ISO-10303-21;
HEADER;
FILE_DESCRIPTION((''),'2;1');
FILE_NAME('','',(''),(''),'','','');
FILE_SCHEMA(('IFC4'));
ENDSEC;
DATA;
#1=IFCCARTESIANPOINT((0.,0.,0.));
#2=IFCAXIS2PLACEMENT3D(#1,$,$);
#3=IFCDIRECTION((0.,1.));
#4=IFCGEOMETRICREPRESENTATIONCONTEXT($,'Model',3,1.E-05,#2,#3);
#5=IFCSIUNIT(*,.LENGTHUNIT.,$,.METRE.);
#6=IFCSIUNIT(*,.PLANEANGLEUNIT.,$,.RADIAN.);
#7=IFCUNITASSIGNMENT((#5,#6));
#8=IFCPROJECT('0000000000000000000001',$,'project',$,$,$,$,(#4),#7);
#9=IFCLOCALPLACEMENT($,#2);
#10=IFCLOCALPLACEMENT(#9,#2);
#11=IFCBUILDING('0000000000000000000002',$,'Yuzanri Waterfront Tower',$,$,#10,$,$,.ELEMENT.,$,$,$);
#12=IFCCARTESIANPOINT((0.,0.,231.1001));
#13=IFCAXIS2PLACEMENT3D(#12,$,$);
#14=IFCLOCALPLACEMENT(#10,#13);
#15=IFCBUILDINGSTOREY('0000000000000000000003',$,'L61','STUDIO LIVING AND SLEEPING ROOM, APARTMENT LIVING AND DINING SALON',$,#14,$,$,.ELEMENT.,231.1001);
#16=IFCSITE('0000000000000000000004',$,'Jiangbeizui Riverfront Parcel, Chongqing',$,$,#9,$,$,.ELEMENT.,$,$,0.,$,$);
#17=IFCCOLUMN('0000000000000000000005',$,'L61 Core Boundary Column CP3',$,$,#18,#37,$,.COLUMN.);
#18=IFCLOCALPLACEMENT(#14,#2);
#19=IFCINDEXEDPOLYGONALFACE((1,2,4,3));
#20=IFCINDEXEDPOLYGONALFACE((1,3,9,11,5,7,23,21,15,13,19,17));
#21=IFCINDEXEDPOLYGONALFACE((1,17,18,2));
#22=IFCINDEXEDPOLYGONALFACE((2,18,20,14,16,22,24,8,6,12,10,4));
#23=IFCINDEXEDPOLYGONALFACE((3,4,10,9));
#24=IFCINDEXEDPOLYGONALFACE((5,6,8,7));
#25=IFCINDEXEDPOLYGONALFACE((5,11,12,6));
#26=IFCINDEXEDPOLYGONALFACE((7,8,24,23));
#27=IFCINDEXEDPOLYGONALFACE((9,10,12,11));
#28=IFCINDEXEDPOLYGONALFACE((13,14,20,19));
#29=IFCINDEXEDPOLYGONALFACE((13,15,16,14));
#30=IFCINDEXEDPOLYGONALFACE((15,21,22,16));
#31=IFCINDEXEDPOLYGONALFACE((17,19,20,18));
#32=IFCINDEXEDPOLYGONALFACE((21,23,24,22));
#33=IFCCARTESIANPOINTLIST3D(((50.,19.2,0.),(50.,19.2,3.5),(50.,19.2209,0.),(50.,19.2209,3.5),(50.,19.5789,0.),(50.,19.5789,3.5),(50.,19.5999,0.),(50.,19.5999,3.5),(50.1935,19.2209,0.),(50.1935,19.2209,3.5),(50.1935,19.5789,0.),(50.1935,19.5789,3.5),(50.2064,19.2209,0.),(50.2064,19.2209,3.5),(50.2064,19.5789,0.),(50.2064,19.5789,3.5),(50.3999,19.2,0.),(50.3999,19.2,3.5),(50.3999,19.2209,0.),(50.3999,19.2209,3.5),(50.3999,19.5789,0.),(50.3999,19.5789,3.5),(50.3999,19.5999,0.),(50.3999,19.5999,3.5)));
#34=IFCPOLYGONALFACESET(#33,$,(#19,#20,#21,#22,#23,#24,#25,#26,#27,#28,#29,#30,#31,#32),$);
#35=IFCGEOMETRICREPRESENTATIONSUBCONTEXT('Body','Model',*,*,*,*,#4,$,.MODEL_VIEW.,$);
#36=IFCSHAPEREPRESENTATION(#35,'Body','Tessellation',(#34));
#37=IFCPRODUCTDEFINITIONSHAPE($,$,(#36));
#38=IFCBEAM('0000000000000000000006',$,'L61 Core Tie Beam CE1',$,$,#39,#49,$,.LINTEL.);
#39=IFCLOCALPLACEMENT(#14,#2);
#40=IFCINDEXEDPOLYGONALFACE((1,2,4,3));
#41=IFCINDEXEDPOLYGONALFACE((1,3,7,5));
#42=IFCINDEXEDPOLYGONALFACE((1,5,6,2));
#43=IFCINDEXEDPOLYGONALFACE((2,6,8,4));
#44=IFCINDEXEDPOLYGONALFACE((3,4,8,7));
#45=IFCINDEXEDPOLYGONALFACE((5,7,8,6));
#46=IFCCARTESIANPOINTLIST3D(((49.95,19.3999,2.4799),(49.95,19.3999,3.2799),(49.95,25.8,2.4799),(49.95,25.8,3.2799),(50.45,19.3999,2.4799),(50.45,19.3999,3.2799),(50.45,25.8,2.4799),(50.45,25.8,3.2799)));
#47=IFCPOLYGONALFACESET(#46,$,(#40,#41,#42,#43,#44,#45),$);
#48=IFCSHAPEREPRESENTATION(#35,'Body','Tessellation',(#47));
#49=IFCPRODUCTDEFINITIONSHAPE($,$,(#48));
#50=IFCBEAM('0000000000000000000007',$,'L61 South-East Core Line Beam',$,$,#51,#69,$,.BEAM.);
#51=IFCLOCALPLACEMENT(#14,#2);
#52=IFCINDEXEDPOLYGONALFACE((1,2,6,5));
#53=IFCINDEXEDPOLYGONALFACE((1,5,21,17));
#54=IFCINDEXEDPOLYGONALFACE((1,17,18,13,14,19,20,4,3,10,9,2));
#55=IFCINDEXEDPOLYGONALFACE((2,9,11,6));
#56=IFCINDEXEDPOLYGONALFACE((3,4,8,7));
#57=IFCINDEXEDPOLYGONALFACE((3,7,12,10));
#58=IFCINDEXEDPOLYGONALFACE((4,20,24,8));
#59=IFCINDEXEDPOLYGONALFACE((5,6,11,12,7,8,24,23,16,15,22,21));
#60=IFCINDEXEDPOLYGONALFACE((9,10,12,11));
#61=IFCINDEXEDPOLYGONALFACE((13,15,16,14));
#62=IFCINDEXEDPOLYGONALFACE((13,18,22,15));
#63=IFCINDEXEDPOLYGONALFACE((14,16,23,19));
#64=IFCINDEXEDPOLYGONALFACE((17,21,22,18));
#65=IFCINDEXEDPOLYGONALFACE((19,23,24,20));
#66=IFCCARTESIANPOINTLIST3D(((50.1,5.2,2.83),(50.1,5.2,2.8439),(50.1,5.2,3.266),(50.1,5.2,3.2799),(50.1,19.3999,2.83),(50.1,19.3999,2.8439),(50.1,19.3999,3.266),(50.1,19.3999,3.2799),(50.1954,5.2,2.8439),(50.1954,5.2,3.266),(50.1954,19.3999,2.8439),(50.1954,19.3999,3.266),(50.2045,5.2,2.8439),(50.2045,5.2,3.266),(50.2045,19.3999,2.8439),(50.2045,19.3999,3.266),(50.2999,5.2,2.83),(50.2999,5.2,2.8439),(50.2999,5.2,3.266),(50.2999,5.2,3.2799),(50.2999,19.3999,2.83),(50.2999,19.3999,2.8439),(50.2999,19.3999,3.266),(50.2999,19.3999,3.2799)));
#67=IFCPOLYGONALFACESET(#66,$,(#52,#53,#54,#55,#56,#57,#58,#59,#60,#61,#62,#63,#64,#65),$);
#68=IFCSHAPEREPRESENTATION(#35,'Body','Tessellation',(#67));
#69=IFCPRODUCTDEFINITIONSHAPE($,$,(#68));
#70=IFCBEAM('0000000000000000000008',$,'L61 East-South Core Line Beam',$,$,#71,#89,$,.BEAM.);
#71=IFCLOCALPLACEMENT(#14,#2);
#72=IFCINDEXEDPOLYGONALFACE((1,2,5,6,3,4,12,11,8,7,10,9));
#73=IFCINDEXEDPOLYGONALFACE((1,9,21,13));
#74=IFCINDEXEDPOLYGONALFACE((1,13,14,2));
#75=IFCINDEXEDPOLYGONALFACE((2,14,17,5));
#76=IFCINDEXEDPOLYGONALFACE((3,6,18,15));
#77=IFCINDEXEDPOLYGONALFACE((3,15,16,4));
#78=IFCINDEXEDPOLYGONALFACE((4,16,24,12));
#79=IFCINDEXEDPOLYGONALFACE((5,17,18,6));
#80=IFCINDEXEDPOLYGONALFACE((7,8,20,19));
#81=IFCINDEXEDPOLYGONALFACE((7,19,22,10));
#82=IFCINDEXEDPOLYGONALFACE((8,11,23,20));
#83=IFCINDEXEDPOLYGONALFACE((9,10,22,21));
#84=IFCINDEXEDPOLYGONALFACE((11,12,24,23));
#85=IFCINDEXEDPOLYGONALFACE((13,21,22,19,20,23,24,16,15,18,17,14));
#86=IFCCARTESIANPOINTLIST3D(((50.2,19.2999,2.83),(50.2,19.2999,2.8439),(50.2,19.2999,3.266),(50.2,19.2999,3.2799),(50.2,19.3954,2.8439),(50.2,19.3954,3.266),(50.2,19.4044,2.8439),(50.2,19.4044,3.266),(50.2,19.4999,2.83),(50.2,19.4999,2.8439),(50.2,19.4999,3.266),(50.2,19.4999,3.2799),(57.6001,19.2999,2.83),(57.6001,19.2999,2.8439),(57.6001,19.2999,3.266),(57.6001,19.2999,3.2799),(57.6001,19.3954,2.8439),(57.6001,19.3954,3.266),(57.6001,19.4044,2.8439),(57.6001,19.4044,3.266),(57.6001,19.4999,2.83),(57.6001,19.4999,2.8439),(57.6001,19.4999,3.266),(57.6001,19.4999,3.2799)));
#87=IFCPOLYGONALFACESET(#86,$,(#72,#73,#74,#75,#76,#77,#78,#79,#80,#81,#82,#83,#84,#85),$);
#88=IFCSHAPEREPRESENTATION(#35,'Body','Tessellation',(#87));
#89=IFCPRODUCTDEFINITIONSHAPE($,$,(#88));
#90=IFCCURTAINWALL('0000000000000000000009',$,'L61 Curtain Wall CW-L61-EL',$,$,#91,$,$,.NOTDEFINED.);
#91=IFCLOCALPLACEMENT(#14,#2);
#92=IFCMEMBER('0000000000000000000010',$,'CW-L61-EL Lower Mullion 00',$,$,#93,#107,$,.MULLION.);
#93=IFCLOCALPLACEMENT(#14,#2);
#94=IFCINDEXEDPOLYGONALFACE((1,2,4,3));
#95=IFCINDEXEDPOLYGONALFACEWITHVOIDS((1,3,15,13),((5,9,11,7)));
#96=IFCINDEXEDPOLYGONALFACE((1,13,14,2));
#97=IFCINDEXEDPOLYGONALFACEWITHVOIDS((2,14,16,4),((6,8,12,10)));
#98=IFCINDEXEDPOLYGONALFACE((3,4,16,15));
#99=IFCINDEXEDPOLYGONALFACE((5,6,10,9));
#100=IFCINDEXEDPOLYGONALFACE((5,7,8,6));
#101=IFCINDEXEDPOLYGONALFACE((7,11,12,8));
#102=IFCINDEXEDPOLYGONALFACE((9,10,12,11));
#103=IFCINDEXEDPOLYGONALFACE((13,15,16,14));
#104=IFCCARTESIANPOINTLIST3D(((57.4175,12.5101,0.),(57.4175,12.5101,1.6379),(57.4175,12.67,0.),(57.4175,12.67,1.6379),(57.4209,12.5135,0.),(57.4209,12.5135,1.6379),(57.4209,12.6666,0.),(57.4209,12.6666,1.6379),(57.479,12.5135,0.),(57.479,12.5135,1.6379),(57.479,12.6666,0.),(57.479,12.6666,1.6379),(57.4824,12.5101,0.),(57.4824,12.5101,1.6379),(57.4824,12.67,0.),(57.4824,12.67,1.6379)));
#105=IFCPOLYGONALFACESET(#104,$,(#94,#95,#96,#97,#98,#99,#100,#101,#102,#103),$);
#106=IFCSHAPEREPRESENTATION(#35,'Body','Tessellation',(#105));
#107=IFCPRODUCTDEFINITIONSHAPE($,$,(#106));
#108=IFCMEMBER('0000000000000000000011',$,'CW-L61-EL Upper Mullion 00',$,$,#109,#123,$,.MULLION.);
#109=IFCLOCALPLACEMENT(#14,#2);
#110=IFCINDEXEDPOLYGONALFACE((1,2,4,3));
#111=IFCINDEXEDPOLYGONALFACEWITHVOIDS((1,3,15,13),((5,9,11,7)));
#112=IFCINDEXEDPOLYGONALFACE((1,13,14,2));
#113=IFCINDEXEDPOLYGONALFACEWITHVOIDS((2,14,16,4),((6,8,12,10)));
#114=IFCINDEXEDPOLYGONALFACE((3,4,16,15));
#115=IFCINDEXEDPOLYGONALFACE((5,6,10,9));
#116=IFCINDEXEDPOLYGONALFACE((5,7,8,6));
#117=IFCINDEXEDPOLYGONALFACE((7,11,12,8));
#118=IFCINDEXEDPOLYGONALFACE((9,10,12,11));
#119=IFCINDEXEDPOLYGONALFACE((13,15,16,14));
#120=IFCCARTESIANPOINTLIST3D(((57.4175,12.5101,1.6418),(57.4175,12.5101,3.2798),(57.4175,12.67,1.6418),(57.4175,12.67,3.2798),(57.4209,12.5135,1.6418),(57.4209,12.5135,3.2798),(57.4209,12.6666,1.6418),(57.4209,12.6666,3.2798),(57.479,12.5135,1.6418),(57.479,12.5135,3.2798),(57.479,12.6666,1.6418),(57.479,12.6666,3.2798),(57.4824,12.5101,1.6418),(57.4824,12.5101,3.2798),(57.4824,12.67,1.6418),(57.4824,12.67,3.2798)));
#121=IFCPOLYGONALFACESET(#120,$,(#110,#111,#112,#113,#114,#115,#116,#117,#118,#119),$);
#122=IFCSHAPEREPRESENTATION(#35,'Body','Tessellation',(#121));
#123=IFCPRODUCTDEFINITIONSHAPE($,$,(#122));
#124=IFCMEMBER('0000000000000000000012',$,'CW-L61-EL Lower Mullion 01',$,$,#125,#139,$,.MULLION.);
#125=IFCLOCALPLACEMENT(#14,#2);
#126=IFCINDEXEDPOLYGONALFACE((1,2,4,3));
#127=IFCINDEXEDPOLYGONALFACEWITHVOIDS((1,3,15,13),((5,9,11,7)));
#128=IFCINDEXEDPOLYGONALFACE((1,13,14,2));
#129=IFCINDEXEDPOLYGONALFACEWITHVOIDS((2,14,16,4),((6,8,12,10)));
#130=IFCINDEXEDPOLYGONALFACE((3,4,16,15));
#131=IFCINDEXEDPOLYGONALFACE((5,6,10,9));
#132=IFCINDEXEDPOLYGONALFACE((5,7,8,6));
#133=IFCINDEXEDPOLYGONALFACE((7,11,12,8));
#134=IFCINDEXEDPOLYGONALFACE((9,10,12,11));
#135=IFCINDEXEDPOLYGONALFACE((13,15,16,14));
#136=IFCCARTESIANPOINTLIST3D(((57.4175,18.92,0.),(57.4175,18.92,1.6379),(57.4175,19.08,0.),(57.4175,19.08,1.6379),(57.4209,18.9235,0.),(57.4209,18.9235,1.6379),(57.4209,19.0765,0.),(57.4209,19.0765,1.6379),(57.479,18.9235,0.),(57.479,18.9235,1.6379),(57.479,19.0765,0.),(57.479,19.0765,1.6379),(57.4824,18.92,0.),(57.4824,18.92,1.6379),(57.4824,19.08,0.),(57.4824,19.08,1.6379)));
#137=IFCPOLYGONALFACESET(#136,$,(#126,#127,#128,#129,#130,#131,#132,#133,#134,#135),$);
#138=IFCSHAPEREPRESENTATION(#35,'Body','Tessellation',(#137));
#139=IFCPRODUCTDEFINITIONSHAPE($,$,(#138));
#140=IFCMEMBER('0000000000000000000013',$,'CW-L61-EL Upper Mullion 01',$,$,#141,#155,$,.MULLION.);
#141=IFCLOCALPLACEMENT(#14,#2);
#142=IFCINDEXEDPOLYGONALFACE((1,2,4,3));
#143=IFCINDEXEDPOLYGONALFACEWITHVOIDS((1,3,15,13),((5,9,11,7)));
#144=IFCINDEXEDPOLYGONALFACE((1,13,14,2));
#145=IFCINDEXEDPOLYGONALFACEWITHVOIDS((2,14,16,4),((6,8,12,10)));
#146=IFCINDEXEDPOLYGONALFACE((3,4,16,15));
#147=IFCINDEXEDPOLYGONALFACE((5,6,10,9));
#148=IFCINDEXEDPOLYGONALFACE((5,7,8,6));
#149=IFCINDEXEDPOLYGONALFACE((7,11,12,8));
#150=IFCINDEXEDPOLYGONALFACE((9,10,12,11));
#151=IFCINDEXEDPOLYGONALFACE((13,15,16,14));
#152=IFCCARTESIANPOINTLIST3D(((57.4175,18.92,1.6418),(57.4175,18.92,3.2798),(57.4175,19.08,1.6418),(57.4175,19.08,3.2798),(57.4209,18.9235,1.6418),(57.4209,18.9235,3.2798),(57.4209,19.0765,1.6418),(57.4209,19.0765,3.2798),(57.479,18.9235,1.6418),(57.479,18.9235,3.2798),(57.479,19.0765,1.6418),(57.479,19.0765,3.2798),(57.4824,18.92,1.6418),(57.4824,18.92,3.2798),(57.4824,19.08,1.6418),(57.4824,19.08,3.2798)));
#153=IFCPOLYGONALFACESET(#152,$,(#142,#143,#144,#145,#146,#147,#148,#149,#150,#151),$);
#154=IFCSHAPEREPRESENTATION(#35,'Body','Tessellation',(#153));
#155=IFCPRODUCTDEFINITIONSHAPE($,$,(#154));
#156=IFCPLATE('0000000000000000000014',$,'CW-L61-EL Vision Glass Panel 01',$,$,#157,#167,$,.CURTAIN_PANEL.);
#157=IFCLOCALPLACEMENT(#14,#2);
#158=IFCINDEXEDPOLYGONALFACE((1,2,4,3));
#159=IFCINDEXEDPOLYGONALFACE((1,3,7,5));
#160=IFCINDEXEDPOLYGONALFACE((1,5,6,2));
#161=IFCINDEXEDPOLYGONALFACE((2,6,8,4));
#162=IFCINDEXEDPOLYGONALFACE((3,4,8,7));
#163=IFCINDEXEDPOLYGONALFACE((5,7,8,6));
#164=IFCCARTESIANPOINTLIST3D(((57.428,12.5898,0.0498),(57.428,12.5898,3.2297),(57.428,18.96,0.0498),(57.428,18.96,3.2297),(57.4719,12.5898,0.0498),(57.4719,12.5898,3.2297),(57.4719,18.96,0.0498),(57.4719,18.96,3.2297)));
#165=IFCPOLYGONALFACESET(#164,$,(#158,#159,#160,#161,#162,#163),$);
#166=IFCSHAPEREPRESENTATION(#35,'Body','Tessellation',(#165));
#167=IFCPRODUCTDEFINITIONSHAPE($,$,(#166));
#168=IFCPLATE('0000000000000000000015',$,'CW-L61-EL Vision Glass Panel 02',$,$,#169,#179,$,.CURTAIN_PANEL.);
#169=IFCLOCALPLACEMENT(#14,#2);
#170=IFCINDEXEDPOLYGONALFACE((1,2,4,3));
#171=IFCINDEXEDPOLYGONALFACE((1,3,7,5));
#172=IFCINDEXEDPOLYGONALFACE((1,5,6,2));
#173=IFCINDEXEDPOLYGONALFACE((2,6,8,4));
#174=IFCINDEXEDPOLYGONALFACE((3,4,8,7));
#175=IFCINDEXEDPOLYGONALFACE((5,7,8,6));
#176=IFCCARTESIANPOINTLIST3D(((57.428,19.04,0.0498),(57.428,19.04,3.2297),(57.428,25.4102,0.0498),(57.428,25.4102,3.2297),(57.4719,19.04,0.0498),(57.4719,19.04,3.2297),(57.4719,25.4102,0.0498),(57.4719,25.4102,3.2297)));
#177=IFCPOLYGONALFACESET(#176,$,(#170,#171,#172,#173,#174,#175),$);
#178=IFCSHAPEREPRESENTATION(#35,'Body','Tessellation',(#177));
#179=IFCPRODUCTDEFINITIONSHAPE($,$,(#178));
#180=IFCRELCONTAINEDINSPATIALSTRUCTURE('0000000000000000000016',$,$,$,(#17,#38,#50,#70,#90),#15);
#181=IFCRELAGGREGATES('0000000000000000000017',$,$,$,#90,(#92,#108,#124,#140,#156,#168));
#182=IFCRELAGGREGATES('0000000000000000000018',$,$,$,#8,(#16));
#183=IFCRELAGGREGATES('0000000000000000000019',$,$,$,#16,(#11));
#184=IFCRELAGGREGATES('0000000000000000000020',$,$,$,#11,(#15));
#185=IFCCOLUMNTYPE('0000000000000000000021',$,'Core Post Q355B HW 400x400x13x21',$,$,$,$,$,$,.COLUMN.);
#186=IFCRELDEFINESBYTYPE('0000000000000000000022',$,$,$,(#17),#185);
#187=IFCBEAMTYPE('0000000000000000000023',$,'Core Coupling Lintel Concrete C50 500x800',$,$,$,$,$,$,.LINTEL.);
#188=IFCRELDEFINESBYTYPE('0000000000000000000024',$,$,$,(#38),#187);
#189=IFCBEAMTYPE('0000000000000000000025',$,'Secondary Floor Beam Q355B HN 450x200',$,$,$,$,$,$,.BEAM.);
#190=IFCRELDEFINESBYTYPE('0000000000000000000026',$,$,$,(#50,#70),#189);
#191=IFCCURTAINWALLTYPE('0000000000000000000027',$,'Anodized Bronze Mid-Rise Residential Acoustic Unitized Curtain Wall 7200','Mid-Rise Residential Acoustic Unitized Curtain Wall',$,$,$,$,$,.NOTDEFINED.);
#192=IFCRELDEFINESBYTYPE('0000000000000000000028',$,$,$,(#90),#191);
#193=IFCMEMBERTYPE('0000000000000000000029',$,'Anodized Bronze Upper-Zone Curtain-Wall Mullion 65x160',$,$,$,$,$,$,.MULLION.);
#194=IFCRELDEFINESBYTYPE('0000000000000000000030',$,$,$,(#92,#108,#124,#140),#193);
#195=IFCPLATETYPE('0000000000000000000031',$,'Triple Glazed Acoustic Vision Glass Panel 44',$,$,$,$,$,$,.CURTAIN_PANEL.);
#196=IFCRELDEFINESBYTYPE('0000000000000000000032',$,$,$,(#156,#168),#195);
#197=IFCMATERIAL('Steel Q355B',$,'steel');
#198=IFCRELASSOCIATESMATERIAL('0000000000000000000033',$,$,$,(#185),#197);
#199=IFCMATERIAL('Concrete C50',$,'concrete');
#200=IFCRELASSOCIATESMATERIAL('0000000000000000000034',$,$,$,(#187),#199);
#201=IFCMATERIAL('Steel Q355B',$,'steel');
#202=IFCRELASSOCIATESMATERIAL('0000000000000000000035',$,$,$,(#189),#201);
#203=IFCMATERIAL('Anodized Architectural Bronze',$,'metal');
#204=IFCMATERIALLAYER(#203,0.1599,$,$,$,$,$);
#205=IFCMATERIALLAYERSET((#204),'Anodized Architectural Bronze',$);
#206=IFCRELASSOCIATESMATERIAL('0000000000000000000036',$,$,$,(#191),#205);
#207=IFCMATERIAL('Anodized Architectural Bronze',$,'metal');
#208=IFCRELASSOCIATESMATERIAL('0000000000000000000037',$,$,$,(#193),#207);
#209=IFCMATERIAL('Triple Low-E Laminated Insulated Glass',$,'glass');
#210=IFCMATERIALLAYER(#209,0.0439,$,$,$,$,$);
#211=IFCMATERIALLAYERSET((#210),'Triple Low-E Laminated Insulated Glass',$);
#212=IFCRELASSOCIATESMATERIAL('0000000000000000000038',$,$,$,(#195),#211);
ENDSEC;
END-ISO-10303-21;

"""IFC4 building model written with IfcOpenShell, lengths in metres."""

from ifc_helpers import new_model, si_unit, direction, frame, origin, origin_2d, place, context, subcontext, project, spatial, rectangle, hollow_rectangle, i_section, extrude, source, transform, mapped, material, layer, layer_set, material_profile, profile_set, type_object, element, aggregate, save


model = new_model("IFC4")

# Units and contexts
model_context = context("Model", 3, precision=1e-05, world=origin(), true_north=direction((0.0, 1.0)))
body_context = subcontext(model_context, "Body", "Model", "MODEL_VIEW")
ifc_project = project(units=[si_unit("LENGTHUNIT", "METRE"), si_unit("PLANEANGLEUNIT", "RADIAN")], contexts=[model_context])

# Site, building, storey
site_placement = place(None, origin())
site = spatial("IfcSite", under=ifc_project, at=site_placement, Name="Jiangbeizui Riverfront Parcel, Chongqing", CompositionType="ELEMENT", RefElevation=0.0)
building_placement = place(site_placement, origin())
building = spatial("IfcBuilding", under=site, at=building_placement, Name="Yuzanri Waterfront Tower", CompositionType="ELEMENT")
storey_placement = place(building_placement, frame((0.0, 0.0, 231.1001)))
storey = spatial("IfcBuildingStorey", under=building, at=storey_placement, Name="L61", Description="STUDIO LIVING AND SLEEPING ROOM, APARTMENT LIVING AND DINING SALON", CompositionType="ELEMENT", Elevation=231.1001)

# Column
ifc_material_1 = material(Name="Steel Q355B", Category="steel")
ifc_material_profile_1 = material_profile(ifc_material_1, i_section(OverallWidth=0.3999, OverallDepth=0.3999, WebThickness=0.0129, FlangeThickness=0.021, at=origin_2d()), Name="HW 400x400x13x21")
ifc_profile_set_1 = profile_set([ifc_material_profile_1], Name="Steel Q355B")
column_type = type_object("IfcColumnType", Name="Core Post Q355B HW 400x400x13x21", PredefinedType="COLUMN", material=ifc_profile_set_1)
shared_shape_1 = source(origin(), body_context, "Body", "SweptSolid", [
    extrude(i_section(OverallWidth=0.3999, OverallDepth=0.3999, WebThickness=0.0129, FlangeThickness=0.021, at=origin_2d()), origin(), (0.0, 0.0, 1.0), 3.5),
])
column_placement = place(storey_placement, frame((50.2, 19.3999, 0.0), z_axis=(0.0, 0.0, 1.0), x_axis=(1.0, 0.0, 0.0)))
element("IfcColumn", 1, at=column_placement, inside=storey, type_object=column_type, Name="L61 Core Boundary Column CP3", PredefinedType="COLUMN", context=body_context, shape_type="MappedRepresentation", body=[
    mapped(shared_shape_1, transform((0.0, 0.0, 0.0), scale=1.0)),
])

# Beams
ifc_material_2 = material(Name="Concrete C50", Category="concrete")
ifc_material_profile_2 = material_profile(ifc_material_2, rectangle(XDim=0.5, YDim=0.8, at=origin_2d()), Name="RC 500x800")
ifc_profile_set_2 = profile_set([ifc_material_profile_2], Name="Concrete C50")
beam_type_1 = type_object("IfcBeamType", Name="Core Coupling Lintel Concrete C50 500x800", PredefinedType="LINTEL", material=ifc_profile_set_2)
shared_shape_2 = source(origin(), body_context, "Body", "SweptSolid", [
    extrude(rectangle(XDim=0.5, YDim=0.8, at=origin_2d()), origin(), (0.0, 0.0, 1.0), 6.4001),
])
beam_1_placement = place(storey_placement, frame((50.2, 19.3999, 2.8799), z_axis=(0.0, 1.0, 0.0), x_axis=(-1.0, 0.0, 0.0)))
element("IfcBeam", 2, at=beam_1_placement, inside=storey, type_object=beam_type_1, Name="L61 Core Tie Beam CE1", PredefinedType="LINTEL", context=body_context, shape_type="MappedRepresentation", body=[
    mapped(shared_shape_2, transform((0.0, 0.0, 0.0), scale=1.0)),
])
ifc_material_3 = material(Name="Steel Q355B", Category="steel")
ifc_material_profile_3 = material_profile(ifc_material_3, i_section(OverallWidth=0.2, OverallDepth=0.45, WebThickness=0.009, FlangeThickness=0.0139, at=origin_2d()), Name="HN 450x200x9x14")
ifc_profile_set_3 = profile_set([ifc_material_profile_3], Name="Steel Q355B")
beam_type_2 = type_object("IfcBeamType", Name="Secondary Floor Beam Q355B HN 450x200", PredefinedType="BEAM", material=ifc_profile_set_3)
shared_shape_3 = source(origin(), body_context, "Body", "SweptSolid", [
    extrude(i_section(OverallWidth=0.2, OverallDepth=0.45, WebThickness=0.009, FlangeThickness=0.0139, at=origin_2d()), origin(), (0.0, 0.0, 1.0), 14.2),
])
beam_2_placement = place(storey_placement, frame((50.2, 19.3999, 3.0549), z_axis=(0.0, -1.0, 0.0), x_axis=(1.0, 0.0, 0.0)))
element("IfcBeam", 3, at=beam_2_placement, inside=storey, type_object=beam_type_2, Name="L61 South-East Core Line Beam", PredefinedType="BEAM", context=body_context, shape_type="MappedRepresentation", body=[
    mapped(shared_shape_3, transform((0.0, 0.0, 0.0), scale=1.0)),
])
shared_shape_4 = source(origin(), body_context, "Body", "SweptSolid", [
    extrude(i_section(OverallWidth=0.2, OverallDepth=0.45, WebThickness=0.009, FlangeThickness=0.0139, at=origin_2d()), origin(), (0.0, 0.0, 1.0), 7.4001),
])
beam_3_placement = place(storey_placement, frame((50.2, 19.3999, 3.0549), z_axis=(1.0, 0.0, 0.0), x_axis=(0.0, 1.0, 0.0)))
element("IfcBeam", 4, at=beam_3_placement, inside=storey, type_object=beam_type_2, Name="L61 East-South Core Line Beam", PredefinedType="BEAM", context=body_context, shape_type="MappedRepresentation", body=[
    mapped(shared_shape_4, transform((0.0, 0.0, 0.0), scale=1.0)),
])

# Curtain wall, members, plates
ifc_material_4 = material(Name="Anodized Architectural Bronze", Category="metal")
ifc_layer_1 = layer(ifc_material_4, 0.1599)
ifc_layer_set_1 = layer_set([ifc_layer_1], Name="Anodized Architectural Bronze")
curtain_wall_type = type_object("IfcCurtainWallType", Name="Anodized Bronze Mid-Rise Residential Acoustic Unitized Curtain Wall 7200", Description="Mid-Rise Residential Acoustic Unitized Curtain Wall", PredefinedType="NOTDEFINED", material=ifc_layer_set_1)
curtain_wall_placement = place(storey_placement, origin())
curtain_wall = element("IfcCurtainWall", 5, at=curtain_wall_placement, inside=storey, type_object=curtain_wall_type, Name="L61 Curtain Wall CW-L61-EL", PredefinedType="NOTDEFINED")
ifc_material_5 = material(Name="Anodized Architectural Bronze", Category="metal")
ifc_material_profile_4 = material_profile(ifc_material_5, hollow_rectangle(XDim=0.0649, YDim=0.1599, WallThickness=0.0034, at=origin_2d()), Name="CWM 65x160")
ifc_profile_set_4 = profile_set([ifc_material_profile_4], Name="Anodized Architectural Bronze")
member_type = type_object("IfcMemberType", Name="Anodized Bronze Upper-Zone Curtain-Wall Mullion 65x160", PredefinedType="MULLION", material=ifc_profile_set_4)
shared_shape_5 = source(origin(), body_context, "Body", "SweptSolid", [
    extrude(hollow_rectangle(XDim=0.0649, YDim=0.1599, WallThickness=0.0034, at=origin_2d()), origin(), (0.0, 0.0, 1.0), 1.6379),
])
member_1_placement = place(storey_placement, frame((57.45, 12.5901, 0.0), z_axis=(0.0, 0.0, 1.0), x_axis=(1.0, 0.0, 0.0)))
member_1 = element("IfcMember", 6, at=member_1_placement, type_object=member_type, Name="CW-L61-EL Lower Mullion 00", PredefinedType="MULLION", context=body_context, shape_type="MappedRepresentation", body=[
    mapped(shared_shape_5, transform((0.0, 0.0, 0.0), scale=1.0)),
])
member_2_placement = place(storey_placement, frame((57.45, 12.5901, 1.6418), z_axis=(0.0, 0.0, 1.0), x_axis=(1.0, 0.0, 0.0)))
member_2 = element("IfcMember", 7, at=member_2_placement, type_object=member_type, Name="CW-L61-EL Upper Mullion 00", PredefinedType="MULLION", context=body_context, shape_type="MappedRepresentation", body=[
    mapped(shared_shape_5, transform((0.0, 0.0, 0.0), scale=1.0)),
])
member_3_placement = place(storey_placement, frame((57.45, 19.0, 0.0), z_axis=(0.0, 0.0, 1.0), x_axis=(1.0, 0.0, 0.0)))
member_3 = element("IfcMember", 8, at=member_3_placement, type_object=member_type, Name="CW-L61-EL Lower Mullion 01", PredefinedType="MULLION", context=body_context, shape_type="MappedRepresentation", body=[
    mapped(shared_shape_5, transform((0.0, 0.0, 0.0), scale=1.0)),
])
member_4_placement = place(storey_placement, frame((57.45, 19.0, 1.6418), z_axis=(0.0, 0.0, 1.0), x_axis=(1.0, 0.0, 0.0)))
member_4 = element("IfcMember", 9, at=member_4_placement, type_object=member_type, Name="CW-L61-EL Upper Mullion 01", PredefinedType="MULLION", context=body_context, shape_type="MappedRepresentation", body=[
    mapped(shared_shape_5, transform((0.0, 0.0, 0.0), scale=1.0)),
])
ifc_material_6 = material(Name="Triple Low-E Laminated Insulated Glass", Category="glass")
ifc_layer_2 = layer(ifc_material_6, 0.0439)
ifc_layer_set_2 = layer_set([ifc_layer_2], Name="Triple Low-E Laminated Insulated Glass")
plate_type = type_object("IfcPlateType", Name="Triple Glazed Acoustic Vision Glass Panel 44", PredefinedType="CURTAIN_PANEL", material=ifc_layer_set_2)
shared_shape_6 = source(origin(), body_context, "Body", "SweptSolid", [
    extrude(rectangle(XDim=6.3701, YDim=0.0439, at=origin_2d()), origin(), (0.0, 0.0, 1.0), 3.1799),
])
plate_1_placement = place(storey_placement, frame((57.45, 15.7749, 0.0498), z_axis=(0.0, 0.0, 1.0), x_axis=(0.0, 1.0, 0.0)))
plate_1 = element("IfcPlate", 10, at=plate_1_placement, type_object=plate_type, Name="CW-L61-EL Vision Glass Panel 01", PredefinedType="CURTAIN_PANEL", context=body_context, shape_type="MappedRepresentation", body=[
    mapped(shared_shape_6, transform((0.0, 0.0, 0.0), scale=1.0)),
])
plate_2_placement = place(storey_placement, frame((57.45, 22.2251, 0.0498), z_axis=(0.0, 0.0, 1.0), x_axis=(0.0, 1.0, 0.0)))
plate_2 = element("IfcPlate", 11, at=plate_2_placement, type_object=plate_type, Name="CW-L61-EL Vision Glass Panel 02", PredefinedType="CURTAIN_PANEL", context=body_context, shape_type="MappedRepresentation", body=[
    mapped(shared_shape_6, transform((0.0, 0.0, 0.0), scale=1.0)),
])
aggregate(curtain_wall, [member_1, member_2, member_3, member_4, plate_1, plate_2])

save(model, "model.ifc")
